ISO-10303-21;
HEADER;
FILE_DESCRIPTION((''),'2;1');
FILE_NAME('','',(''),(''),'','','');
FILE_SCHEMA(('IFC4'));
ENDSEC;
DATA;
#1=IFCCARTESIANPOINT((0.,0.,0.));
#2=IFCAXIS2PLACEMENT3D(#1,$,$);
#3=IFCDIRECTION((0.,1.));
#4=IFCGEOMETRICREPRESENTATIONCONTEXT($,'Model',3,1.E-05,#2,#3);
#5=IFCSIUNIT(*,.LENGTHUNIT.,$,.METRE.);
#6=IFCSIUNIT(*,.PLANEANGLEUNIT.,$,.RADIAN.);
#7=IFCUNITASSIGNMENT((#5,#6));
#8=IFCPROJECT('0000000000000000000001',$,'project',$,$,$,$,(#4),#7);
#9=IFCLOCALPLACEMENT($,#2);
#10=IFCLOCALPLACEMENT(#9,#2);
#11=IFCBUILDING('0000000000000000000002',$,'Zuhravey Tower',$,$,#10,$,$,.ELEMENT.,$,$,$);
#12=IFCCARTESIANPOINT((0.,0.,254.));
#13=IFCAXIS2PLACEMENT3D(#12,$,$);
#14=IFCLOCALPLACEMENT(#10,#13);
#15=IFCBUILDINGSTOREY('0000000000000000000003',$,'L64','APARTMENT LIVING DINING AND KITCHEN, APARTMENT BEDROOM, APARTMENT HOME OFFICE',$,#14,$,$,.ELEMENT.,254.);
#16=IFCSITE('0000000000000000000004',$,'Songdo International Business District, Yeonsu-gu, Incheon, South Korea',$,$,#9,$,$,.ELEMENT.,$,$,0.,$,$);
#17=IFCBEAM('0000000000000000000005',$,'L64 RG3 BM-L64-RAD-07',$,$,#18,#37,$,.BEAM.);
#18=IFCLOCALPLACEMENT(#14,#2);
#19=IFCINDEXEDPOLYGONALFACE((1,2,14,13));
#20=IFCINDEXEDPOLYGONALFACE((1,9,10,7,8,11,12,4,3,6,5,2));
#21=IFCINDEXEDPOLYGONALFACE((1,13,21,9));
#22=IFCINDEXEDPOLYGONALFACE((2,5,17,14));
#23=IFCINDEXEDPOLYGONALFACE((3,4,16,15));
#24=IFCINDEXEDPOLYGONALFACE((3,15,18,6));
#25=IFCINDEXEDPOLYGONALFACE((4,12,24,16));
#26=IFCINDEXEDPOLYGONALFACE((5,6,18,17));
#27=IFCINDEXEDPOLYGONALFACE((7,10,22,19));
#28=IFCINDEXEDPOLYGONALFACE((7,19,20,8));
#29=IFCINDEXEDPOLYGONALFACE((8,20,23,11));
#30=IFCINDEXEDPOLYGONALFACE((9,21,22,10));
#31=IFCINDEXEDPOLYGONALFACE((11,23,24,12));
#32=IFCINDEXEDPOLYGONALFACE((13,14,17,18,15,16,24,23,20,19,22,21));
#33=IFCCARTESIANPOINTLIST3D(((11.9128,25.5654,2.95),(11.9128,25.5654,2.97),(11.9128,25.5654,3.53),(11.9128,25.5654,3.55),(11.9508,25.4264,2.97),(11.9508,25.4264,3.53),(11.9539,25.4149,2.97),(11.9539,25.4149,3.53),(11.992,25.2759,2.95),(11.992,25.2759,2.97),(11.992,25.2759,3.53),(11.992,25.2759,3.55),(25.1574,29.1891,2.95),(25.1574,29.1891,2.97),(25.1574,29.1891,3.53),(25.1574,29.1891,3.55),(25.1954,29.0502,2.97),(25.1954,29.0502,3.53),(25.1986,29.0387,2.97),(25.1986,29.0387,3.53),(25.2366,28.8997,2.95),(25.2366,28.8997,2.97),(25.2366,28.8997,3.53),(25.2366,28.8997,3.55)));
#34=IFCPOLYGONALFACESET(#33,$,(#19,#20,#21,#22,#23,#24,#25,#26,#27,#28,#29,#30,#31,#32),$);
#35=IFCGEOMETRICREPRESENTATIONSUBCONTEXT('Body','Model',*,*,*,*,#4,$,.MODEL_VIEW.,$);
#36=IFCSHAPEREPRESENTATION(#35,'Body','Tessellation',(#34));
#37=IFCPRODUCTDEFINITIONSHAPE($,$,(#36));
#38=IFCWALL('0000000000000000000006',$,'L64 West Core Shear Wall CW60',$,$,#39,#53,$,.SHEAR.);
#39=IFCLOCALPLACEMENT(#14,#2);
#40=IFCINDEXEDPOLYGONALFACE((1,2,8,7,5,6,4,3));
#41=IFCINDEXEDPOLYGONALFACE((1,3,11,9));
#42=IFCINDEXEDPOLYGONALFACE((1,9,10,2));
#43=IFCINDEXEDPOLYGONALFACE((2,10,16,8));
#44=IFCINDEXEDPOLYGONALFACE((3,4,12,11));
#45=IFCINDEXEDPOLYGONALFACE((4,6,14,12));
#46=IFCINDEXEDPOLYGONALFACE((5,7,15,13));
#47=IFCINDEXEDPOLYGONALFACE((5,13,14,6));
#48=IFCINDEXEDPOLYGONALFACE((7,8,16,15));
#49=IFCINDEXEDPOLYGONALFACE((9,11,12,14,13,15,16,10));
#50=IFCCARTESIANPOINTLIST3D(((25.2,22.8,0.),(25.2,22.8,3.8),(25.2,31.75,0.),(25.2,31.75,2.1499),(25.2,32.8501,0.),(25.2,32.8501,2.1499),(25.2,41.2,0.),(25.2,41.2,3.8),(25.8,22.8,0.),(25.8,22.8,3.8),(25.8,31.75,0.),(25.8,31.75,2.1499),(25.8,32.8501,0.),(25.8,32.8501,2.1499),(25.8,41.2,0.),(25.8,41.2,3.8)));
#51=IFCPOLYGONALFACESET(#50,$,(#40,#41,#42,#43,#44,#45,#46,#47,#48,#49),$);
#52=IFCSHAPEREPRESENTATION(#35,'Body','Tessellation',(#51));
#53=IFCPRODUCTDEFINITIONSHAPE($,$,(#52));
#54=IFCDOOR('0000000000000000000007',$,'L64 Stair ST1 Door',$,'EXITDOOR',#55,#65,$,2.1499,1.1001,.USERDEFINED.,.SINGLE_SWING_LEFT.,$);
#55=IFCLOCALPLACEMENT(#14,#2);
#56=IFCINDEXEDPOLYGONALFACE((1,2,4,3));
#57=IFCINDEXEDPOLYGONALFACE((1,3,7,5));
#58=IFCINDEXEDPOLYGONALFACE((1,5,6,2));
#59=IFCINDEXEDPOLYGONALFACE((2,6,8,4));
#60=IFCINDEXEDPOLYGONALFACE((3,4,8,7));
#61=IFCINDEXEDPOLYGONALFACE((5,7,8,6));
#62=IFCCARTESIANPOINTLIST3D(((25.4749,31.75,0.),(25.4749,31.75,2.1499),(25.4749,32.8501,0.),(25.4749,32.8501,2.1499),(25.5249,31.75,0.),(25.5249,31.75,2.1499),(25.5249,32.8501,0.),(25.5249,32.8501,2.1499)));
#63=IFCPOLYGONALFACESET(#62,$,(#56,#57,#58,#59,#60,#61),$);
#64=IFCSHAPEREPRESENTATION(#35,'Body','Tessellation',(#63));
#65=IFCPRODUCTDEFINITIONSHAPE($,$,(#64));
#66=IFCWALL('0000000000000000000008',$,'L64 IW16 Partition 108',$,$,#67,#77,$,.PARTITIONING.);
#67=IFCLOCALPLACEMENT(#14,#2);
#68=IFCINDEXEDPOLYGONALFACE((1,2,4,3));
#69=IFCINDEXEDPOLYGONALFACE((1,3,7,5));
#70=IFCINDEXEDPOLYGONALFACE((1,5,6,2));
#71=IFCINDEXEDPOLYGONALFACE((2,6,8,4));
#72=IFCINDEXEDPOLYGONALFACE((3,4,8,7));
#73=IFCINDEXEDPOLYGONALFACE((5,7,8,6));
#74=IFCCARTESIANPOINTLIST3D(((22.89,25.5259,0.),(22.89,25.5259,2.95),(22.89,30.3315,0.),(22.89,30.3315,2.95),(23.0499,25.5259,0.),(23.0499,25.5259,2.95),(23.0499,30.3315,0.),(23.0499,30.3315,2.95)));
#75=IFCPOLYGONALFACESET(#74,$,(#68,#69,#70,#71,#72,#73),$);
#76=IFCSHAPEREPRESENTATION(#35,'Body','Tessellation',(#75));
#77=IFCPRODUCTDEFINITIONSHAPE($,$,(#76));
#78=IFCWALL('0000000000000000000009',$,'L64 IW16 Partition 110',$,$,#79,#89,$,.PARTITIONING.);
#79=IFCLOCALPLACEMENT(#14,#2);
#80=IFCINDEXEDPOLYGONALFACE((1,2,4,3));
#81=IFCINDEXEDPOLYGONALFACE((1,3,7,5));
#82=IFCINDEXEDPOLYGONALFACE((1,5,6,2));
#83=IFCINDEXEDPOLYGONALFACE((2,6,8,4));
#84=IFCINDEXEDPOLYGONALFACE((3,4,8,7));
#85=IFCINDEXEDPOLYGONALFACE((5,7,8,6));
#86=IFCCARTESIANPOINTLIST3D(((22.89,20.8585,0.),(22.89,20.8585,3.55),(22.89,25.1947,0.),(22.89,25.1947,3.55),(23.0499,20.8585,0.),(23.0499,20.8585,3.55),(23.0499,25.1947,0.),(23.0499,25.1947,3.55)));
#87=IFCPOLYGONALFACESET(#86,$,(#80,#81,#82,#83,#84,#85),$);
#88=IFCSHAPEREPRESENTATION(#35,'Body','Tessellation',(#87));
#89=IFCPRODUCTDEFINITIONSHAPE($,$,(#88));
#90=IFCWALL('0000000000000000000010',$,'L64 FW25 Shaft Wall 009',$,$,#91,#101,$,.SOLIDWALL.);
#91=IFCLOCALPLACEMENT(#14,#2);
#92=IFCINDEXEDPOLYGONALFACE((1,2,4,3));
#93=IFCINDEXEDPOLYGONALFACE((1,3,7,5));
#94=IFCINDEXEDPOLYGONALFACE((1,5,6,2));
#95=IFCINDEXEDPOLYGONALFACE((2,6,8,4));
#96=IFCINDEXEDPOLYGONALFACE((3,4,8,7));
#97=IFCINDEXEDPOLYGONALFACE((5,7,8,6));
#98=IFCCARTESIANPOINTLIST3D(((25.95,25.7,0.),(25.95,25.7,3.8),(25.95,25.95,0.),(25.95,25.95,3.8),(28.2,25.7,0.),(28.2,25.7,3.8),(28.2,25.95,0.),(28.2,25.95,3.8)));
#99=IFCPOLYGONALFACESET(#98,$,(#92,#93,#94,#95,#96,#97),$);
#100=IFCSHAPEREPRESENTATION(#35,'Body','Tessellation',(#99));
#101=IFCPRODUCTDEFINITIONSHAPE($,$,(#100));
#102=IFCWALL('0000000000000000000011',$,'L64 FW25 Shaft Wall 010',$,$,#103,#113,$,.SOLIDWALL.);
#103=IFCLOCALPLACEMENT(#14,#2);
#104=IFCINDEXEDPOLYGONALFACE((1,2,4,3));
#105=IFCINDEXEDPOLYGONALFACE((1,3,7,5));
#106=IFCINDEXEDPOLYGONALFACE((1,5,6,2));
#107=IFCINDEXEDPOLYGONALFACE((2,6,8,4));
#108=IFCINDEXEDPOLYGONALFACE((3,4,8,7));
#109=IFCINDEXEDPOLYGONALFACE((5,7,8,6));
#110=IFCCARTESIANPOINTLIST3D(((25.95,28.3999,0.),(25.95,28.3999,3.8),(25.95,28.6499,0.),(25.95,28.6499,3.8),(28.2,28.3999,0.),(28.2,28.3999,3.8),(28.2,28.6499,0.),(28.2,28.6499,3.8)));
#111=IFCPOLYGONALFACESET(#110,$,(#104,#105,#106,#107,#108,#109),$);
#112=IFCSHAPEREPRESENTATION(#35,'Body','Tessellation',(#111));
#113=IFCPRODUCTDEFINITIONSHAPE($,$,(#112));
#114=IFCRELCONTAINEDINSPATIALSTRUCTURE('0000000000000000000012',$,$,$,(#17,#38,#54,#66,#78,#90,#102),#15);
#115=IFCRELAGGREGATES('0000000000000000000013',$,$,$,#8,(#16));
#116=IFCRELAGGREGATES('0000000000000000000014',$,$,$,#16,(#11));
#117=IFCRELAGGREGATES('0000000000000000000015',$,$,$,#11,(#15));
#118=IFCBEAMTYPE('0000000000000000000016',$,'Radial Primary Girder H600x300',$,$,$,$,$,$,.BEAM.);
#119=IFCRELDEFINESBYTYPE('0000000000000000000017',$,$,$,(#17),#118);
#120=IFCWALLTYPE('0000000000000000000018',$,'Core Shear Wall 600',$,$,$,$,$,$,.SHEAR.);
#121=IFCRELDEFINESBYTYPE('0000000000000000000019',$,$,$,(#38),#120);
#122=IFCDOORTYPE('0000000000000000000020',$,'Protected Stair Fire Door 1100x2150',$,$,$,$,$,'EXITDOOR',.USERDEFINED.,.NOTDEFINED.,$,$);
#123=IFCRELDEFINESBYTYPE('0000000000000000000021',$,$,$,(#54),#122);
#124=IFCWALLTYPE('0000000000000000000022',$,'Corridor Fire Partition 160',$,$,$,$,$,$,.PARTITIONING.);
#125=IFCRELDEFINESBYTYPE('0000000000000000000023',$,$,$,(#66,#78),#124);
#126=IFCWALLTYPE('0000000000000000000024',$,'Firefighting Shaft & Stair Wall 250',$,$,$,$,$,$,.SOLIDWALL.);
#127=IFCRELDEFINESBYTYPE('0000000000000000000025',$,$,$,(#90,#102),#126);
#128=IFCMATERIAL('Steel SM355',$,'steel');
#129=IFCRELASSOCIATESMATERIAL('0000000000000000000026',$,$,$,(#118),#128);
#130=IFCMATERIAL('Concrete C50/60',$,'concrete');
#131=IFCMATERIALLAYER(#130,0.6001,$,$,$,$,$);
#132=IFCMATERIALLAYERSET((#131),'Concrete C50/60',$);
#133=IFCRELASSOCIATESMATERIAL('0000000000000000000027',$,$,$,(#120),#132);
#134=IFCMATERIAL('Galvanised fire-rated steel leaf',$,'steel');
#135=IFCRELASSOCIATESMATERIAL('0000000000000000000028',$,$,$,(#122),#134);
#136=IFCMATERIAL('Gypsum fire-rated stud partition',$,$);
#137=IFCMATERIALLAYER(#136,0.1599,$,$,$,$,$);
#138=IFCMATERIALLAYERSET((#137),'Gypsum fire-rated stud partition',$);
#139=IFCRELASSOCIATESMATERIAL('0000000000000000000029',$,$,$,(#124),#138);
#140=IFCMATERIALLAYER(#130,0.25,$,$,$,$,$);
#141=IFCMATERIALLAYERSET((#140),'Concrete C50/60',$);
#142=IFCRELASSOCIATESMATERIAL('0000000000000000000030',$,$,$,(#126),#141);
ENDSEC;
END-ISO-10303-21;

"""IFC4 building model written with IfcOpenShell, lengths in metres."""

from ifc_helpers import new_model, si_unit, direction, frame, frame_2d, origin, origin_2d, place, context, subcontext, project, spatial, rectangle, i_section, extrude, material, layer, layer_set, material_profile, profile_set, type_object, element, fill, save


model = new_model("IFC4")

# Units and contexts
model_context = context("Model", 3, precision=1e-05, world=origin(), true_north=direction((0.0, 1.0)))
body_context = subcontext(model_context, "Body", "Model", "MODEL_VIEW")
ifc_project = project(units=[si_unit("LENGTHUNIT", "METRE"), si_unit("PLANEANGLEUNIT", "RADIAN")], contexts=[model_context])

# Site, building, storey
site_placement = place(None, origin())
site = spatial("IfcSite", under=ifc_project, at=site_placement, Name="Songdo International Business District, Yeonsu-gu, Incheon, South Korea", CompositionType="ELEMENT", RefElevation=0.0)
building_placement = place(site_placement, origin())
building = spatial("IfcBuilding", under=site, at=building_placement, Name="Zuhravey Tower", CompositionType="ELEMENT")
storey_placement = place(building_placement, frame((0.0, 0.0, 254.0)))
storey = spatial("IfcBuildingStorey", under=building, at=storey_placement, Name="L64", Description="APARTMENT LIVING DINING AND KITCHEN, APARTMENT BEDROOM, APARTMENT HOME OFFICE", CompositionType="ELEMENT", Elevation=254.0)

# Beam
ifc_material_1 = material(Name="Steel SM355", Category="steel")
ifc_material_profile = material_profile(ifc_material_1, i_section(OverallWidth=0.3, OverallDepth=0.6001, WebThickness=0.012, FlangeThickness=0.02, at=origin_2d()), Name="H-600x300x12x20")
ifc_profile_set = profile_set([ifc_material_profile], Name="Steel SM355")
beam_type = type_object("IfcBeamType", Name="Radial Primary Girder H600x300", PredefinedType="BEAM", material=ifc_profile_set)
beam_placement = place(storey_placement, frame((25.197, 29.0444, 3.25), z_axis=(-0.964549, -0.263904, 0.0), x_axis=(0.263904, -0.964549, 0.0)))
element("IfcBeam", 1, at=beam_placement, inside=storey, type_object=beam_type, Name="L64 RG3 BM-L64-RAD-07", PredefinedType="BEAM", context=body_context, shape_type="SweptSolid", body=[
    extrude(i_section(OverallWidth=0.3, OverallDepth=0.6001, WebThickness=0.012, FlangeThickness=0.02, at=origin_2d()), origin(), (0.0, 0.0, 1.0), 13.7314),
])

# Wall, opening, door
ifc_material_2 = material(Name="Concrete C50/60", Category="concrete")
ifc_layer_1 = layer(ifc_material_2, 0.6001)
ifc_layer_set_1 = layer_set([ifc_layer_1], Name="Concrete C50/60")
wall_type_1 = type_object("IfcWallType", Name="Core Shear Wall 600", PredefinedType="SHEAR", material=ifc_layer_set_1)
wall_1_placement = place(storey_placement, frame((25.5, 22.8, 0.0), z_axis=(0.0, 0.0, 1.0), x_axis=(0.0, 1.0, 0.0)))
wall_1 = element("IfcWall", 2, at=wall_1_placement, inside=storey, type_object=wall_type_1, Name="L64 West Core Shear Wall CW60", PredefinedType="SHEAR", context=body_context, shape_type="SweptSolid", body=[
    extrude(rectangle(XDim=18.3999, YDim=0.6001, at=frame_2d((9.2, 0.0))), origin(), (0.0, 0.0, 1.0), 3.8),
])
opening_1_placement = place(wall_1_placement, frame((8.95, 0.0, 0.0)))
opening_1 = element("IfcOpeningElement", 3, at=opening_1_placement, cuts=wall_1, PredefinedType="OPENING", context=body_context, shape_type="SweptSolid", body=[
    extrude(rectangle(XDim=1.1001, YDim=2.1499, at=frame_2d((0.55, 1.075))), frame((0.0, 0.312, 0.0), z_axis=(0.0, -1.0, 0.0), x_axis=(1.0, 0.0, 0.0)), (0.0, 0.0, 1.0), 0.624),
])
ifc_material_3 = material(Name="Galvanised fire-rated steel leaf", Category="steel")
door_type_1 = type_object("IfcDoorType", Name="Protected Stair Fire Door 1100x2150", ElementType="EXITDOOR", OperationType="NOTDEFINED", PredefinedType="USERDEFINED", material=ifc_material_3)
door_1_placement = place(opening_1_placement, frame((1.1001, 0.0, 0.0), z_axis=(0.0, 0.0, 1.0), x_axis=(-1.0, 0.0, 0.0)))
door_1 = element("IfcDoor", 4, at=door_1_placement, inside=storey, type_object=door_type_1, Name="L64 Stair ST1 Door", ObjectType="EXITDOOR", OperationType="SINGLE_SWING_LEFT", OverallHeight=2.1499, OverallWidth=1.1001, PredefinedType="USERDEFINED", context=body_context, shape_type="SweptSolid", body=[
    extrude(rectangle(XDim=1.1001, YDim=2.1499, at=frame_2d((0.55, 1.075))), frame((0.0, 0.0249, 0.0), z_axis=(0.0, -1.0, 0.0), x_axis=(1.0, 0.0, 0.0)), (0.0, 0.0, 1.0), 0.05),
])
fill(opening_1, door_1)

# Walls
ifc_material_4 = material(Name="Gypsum fire-rated stud partition")
ifc_layer_2 = layer(ifc_material_4, 0.1599)
ifc_layer_set_2 = layer_set([ifc_layer_2], Name="Gypsum fire-rated stud partition")
wall_type_2 = type_object("IfcWallType", Name="Corridor Fire Partition 160", PredefinedType="PARTITIONING", material=ifc_layer_set_2)
wall_2_placement = place(storey_placement, frame((22.97, 30.3315, 0.0), z_axis=(0.0, 0.0, 1.0), x_axis=(0.0, -1.0, 0.0)))
element("IfcWall", 5, at=wall_2_placement, inside=storey, type_object=wall_type_2, Name="L64 IW16 Partition 108", PredefinedType="PARTITIONING", context=body_context, shape_type="SweptSolid", body=[
    extrude(rectangle(XDim=4.8057, YDim=0.1599, at=frame_2d((2.4028, 0.0))), origin(), (0.0, 0.0, 1.0), 2.95),
])
wall_3_placement = place(storey_placement, frame((22.97, 25.1946, 0.0), z_axis=(0.0, 0.0, 1.0), x_axis=(0.0, -1.0, 0.0)))
element("IfcWall", 6, at=wall_3_placement, inside=storey, type_object=wall_type_2, Name="L64 IW16 Partition 110", PredefinedType="PARTITIONING", context=body_context, shape_type="SweptSolid", body=[
    extrude(rectangle(XDim=4.3362, YDim=0.1599, at=frame_2d((2.168, 0.0))), origin(), (0.0, 0.0, 1.0), 3.55),
])
ifc_layer_3 = layer(ifc_material_2, 0.25)
ifc_layer_set_3 = layer_set([ifc_layer_3], Name="Concrete C50/60")
wall_type_3 = type_object("IfcWallType", Name="Firefighting Shaft & Stair Wall 250", PredefinedType="SOLIDWALL", material=ifc_layer_set_3)
for number, where, z_axis, x_axis, name in (
    (7, (25.95, 25.825, 0.0), (0.0, 0.0, 1.0), (1.0, 0.0, 0.0), "L64 FW25 Shaft Wall 009"),
    (8, (25.95, 28.5249, 0.0), (0.0, 0.0, 1.0), (1.0, 0.0, 0.0), "L64 FW25 Shaft Wall 010"),
):
    element("IfcWall", number, at=place(storey_placement, frame(where, z_axis=z_axis, x_axis=x_axis)), inside=storey, type_object=wall_type_3, Name=name, PredefinedType="SOLIDWALL", context=body_context, shape_type="SweptSolid", body=[
        extrude(rectangle(XDim=2.25, YDim=0.25, at=frame_2d((1.125, 0.0))), origin(), (0.0, 0.0, 1.0), 3.8),
    ])

save(model, "model.ifc")
